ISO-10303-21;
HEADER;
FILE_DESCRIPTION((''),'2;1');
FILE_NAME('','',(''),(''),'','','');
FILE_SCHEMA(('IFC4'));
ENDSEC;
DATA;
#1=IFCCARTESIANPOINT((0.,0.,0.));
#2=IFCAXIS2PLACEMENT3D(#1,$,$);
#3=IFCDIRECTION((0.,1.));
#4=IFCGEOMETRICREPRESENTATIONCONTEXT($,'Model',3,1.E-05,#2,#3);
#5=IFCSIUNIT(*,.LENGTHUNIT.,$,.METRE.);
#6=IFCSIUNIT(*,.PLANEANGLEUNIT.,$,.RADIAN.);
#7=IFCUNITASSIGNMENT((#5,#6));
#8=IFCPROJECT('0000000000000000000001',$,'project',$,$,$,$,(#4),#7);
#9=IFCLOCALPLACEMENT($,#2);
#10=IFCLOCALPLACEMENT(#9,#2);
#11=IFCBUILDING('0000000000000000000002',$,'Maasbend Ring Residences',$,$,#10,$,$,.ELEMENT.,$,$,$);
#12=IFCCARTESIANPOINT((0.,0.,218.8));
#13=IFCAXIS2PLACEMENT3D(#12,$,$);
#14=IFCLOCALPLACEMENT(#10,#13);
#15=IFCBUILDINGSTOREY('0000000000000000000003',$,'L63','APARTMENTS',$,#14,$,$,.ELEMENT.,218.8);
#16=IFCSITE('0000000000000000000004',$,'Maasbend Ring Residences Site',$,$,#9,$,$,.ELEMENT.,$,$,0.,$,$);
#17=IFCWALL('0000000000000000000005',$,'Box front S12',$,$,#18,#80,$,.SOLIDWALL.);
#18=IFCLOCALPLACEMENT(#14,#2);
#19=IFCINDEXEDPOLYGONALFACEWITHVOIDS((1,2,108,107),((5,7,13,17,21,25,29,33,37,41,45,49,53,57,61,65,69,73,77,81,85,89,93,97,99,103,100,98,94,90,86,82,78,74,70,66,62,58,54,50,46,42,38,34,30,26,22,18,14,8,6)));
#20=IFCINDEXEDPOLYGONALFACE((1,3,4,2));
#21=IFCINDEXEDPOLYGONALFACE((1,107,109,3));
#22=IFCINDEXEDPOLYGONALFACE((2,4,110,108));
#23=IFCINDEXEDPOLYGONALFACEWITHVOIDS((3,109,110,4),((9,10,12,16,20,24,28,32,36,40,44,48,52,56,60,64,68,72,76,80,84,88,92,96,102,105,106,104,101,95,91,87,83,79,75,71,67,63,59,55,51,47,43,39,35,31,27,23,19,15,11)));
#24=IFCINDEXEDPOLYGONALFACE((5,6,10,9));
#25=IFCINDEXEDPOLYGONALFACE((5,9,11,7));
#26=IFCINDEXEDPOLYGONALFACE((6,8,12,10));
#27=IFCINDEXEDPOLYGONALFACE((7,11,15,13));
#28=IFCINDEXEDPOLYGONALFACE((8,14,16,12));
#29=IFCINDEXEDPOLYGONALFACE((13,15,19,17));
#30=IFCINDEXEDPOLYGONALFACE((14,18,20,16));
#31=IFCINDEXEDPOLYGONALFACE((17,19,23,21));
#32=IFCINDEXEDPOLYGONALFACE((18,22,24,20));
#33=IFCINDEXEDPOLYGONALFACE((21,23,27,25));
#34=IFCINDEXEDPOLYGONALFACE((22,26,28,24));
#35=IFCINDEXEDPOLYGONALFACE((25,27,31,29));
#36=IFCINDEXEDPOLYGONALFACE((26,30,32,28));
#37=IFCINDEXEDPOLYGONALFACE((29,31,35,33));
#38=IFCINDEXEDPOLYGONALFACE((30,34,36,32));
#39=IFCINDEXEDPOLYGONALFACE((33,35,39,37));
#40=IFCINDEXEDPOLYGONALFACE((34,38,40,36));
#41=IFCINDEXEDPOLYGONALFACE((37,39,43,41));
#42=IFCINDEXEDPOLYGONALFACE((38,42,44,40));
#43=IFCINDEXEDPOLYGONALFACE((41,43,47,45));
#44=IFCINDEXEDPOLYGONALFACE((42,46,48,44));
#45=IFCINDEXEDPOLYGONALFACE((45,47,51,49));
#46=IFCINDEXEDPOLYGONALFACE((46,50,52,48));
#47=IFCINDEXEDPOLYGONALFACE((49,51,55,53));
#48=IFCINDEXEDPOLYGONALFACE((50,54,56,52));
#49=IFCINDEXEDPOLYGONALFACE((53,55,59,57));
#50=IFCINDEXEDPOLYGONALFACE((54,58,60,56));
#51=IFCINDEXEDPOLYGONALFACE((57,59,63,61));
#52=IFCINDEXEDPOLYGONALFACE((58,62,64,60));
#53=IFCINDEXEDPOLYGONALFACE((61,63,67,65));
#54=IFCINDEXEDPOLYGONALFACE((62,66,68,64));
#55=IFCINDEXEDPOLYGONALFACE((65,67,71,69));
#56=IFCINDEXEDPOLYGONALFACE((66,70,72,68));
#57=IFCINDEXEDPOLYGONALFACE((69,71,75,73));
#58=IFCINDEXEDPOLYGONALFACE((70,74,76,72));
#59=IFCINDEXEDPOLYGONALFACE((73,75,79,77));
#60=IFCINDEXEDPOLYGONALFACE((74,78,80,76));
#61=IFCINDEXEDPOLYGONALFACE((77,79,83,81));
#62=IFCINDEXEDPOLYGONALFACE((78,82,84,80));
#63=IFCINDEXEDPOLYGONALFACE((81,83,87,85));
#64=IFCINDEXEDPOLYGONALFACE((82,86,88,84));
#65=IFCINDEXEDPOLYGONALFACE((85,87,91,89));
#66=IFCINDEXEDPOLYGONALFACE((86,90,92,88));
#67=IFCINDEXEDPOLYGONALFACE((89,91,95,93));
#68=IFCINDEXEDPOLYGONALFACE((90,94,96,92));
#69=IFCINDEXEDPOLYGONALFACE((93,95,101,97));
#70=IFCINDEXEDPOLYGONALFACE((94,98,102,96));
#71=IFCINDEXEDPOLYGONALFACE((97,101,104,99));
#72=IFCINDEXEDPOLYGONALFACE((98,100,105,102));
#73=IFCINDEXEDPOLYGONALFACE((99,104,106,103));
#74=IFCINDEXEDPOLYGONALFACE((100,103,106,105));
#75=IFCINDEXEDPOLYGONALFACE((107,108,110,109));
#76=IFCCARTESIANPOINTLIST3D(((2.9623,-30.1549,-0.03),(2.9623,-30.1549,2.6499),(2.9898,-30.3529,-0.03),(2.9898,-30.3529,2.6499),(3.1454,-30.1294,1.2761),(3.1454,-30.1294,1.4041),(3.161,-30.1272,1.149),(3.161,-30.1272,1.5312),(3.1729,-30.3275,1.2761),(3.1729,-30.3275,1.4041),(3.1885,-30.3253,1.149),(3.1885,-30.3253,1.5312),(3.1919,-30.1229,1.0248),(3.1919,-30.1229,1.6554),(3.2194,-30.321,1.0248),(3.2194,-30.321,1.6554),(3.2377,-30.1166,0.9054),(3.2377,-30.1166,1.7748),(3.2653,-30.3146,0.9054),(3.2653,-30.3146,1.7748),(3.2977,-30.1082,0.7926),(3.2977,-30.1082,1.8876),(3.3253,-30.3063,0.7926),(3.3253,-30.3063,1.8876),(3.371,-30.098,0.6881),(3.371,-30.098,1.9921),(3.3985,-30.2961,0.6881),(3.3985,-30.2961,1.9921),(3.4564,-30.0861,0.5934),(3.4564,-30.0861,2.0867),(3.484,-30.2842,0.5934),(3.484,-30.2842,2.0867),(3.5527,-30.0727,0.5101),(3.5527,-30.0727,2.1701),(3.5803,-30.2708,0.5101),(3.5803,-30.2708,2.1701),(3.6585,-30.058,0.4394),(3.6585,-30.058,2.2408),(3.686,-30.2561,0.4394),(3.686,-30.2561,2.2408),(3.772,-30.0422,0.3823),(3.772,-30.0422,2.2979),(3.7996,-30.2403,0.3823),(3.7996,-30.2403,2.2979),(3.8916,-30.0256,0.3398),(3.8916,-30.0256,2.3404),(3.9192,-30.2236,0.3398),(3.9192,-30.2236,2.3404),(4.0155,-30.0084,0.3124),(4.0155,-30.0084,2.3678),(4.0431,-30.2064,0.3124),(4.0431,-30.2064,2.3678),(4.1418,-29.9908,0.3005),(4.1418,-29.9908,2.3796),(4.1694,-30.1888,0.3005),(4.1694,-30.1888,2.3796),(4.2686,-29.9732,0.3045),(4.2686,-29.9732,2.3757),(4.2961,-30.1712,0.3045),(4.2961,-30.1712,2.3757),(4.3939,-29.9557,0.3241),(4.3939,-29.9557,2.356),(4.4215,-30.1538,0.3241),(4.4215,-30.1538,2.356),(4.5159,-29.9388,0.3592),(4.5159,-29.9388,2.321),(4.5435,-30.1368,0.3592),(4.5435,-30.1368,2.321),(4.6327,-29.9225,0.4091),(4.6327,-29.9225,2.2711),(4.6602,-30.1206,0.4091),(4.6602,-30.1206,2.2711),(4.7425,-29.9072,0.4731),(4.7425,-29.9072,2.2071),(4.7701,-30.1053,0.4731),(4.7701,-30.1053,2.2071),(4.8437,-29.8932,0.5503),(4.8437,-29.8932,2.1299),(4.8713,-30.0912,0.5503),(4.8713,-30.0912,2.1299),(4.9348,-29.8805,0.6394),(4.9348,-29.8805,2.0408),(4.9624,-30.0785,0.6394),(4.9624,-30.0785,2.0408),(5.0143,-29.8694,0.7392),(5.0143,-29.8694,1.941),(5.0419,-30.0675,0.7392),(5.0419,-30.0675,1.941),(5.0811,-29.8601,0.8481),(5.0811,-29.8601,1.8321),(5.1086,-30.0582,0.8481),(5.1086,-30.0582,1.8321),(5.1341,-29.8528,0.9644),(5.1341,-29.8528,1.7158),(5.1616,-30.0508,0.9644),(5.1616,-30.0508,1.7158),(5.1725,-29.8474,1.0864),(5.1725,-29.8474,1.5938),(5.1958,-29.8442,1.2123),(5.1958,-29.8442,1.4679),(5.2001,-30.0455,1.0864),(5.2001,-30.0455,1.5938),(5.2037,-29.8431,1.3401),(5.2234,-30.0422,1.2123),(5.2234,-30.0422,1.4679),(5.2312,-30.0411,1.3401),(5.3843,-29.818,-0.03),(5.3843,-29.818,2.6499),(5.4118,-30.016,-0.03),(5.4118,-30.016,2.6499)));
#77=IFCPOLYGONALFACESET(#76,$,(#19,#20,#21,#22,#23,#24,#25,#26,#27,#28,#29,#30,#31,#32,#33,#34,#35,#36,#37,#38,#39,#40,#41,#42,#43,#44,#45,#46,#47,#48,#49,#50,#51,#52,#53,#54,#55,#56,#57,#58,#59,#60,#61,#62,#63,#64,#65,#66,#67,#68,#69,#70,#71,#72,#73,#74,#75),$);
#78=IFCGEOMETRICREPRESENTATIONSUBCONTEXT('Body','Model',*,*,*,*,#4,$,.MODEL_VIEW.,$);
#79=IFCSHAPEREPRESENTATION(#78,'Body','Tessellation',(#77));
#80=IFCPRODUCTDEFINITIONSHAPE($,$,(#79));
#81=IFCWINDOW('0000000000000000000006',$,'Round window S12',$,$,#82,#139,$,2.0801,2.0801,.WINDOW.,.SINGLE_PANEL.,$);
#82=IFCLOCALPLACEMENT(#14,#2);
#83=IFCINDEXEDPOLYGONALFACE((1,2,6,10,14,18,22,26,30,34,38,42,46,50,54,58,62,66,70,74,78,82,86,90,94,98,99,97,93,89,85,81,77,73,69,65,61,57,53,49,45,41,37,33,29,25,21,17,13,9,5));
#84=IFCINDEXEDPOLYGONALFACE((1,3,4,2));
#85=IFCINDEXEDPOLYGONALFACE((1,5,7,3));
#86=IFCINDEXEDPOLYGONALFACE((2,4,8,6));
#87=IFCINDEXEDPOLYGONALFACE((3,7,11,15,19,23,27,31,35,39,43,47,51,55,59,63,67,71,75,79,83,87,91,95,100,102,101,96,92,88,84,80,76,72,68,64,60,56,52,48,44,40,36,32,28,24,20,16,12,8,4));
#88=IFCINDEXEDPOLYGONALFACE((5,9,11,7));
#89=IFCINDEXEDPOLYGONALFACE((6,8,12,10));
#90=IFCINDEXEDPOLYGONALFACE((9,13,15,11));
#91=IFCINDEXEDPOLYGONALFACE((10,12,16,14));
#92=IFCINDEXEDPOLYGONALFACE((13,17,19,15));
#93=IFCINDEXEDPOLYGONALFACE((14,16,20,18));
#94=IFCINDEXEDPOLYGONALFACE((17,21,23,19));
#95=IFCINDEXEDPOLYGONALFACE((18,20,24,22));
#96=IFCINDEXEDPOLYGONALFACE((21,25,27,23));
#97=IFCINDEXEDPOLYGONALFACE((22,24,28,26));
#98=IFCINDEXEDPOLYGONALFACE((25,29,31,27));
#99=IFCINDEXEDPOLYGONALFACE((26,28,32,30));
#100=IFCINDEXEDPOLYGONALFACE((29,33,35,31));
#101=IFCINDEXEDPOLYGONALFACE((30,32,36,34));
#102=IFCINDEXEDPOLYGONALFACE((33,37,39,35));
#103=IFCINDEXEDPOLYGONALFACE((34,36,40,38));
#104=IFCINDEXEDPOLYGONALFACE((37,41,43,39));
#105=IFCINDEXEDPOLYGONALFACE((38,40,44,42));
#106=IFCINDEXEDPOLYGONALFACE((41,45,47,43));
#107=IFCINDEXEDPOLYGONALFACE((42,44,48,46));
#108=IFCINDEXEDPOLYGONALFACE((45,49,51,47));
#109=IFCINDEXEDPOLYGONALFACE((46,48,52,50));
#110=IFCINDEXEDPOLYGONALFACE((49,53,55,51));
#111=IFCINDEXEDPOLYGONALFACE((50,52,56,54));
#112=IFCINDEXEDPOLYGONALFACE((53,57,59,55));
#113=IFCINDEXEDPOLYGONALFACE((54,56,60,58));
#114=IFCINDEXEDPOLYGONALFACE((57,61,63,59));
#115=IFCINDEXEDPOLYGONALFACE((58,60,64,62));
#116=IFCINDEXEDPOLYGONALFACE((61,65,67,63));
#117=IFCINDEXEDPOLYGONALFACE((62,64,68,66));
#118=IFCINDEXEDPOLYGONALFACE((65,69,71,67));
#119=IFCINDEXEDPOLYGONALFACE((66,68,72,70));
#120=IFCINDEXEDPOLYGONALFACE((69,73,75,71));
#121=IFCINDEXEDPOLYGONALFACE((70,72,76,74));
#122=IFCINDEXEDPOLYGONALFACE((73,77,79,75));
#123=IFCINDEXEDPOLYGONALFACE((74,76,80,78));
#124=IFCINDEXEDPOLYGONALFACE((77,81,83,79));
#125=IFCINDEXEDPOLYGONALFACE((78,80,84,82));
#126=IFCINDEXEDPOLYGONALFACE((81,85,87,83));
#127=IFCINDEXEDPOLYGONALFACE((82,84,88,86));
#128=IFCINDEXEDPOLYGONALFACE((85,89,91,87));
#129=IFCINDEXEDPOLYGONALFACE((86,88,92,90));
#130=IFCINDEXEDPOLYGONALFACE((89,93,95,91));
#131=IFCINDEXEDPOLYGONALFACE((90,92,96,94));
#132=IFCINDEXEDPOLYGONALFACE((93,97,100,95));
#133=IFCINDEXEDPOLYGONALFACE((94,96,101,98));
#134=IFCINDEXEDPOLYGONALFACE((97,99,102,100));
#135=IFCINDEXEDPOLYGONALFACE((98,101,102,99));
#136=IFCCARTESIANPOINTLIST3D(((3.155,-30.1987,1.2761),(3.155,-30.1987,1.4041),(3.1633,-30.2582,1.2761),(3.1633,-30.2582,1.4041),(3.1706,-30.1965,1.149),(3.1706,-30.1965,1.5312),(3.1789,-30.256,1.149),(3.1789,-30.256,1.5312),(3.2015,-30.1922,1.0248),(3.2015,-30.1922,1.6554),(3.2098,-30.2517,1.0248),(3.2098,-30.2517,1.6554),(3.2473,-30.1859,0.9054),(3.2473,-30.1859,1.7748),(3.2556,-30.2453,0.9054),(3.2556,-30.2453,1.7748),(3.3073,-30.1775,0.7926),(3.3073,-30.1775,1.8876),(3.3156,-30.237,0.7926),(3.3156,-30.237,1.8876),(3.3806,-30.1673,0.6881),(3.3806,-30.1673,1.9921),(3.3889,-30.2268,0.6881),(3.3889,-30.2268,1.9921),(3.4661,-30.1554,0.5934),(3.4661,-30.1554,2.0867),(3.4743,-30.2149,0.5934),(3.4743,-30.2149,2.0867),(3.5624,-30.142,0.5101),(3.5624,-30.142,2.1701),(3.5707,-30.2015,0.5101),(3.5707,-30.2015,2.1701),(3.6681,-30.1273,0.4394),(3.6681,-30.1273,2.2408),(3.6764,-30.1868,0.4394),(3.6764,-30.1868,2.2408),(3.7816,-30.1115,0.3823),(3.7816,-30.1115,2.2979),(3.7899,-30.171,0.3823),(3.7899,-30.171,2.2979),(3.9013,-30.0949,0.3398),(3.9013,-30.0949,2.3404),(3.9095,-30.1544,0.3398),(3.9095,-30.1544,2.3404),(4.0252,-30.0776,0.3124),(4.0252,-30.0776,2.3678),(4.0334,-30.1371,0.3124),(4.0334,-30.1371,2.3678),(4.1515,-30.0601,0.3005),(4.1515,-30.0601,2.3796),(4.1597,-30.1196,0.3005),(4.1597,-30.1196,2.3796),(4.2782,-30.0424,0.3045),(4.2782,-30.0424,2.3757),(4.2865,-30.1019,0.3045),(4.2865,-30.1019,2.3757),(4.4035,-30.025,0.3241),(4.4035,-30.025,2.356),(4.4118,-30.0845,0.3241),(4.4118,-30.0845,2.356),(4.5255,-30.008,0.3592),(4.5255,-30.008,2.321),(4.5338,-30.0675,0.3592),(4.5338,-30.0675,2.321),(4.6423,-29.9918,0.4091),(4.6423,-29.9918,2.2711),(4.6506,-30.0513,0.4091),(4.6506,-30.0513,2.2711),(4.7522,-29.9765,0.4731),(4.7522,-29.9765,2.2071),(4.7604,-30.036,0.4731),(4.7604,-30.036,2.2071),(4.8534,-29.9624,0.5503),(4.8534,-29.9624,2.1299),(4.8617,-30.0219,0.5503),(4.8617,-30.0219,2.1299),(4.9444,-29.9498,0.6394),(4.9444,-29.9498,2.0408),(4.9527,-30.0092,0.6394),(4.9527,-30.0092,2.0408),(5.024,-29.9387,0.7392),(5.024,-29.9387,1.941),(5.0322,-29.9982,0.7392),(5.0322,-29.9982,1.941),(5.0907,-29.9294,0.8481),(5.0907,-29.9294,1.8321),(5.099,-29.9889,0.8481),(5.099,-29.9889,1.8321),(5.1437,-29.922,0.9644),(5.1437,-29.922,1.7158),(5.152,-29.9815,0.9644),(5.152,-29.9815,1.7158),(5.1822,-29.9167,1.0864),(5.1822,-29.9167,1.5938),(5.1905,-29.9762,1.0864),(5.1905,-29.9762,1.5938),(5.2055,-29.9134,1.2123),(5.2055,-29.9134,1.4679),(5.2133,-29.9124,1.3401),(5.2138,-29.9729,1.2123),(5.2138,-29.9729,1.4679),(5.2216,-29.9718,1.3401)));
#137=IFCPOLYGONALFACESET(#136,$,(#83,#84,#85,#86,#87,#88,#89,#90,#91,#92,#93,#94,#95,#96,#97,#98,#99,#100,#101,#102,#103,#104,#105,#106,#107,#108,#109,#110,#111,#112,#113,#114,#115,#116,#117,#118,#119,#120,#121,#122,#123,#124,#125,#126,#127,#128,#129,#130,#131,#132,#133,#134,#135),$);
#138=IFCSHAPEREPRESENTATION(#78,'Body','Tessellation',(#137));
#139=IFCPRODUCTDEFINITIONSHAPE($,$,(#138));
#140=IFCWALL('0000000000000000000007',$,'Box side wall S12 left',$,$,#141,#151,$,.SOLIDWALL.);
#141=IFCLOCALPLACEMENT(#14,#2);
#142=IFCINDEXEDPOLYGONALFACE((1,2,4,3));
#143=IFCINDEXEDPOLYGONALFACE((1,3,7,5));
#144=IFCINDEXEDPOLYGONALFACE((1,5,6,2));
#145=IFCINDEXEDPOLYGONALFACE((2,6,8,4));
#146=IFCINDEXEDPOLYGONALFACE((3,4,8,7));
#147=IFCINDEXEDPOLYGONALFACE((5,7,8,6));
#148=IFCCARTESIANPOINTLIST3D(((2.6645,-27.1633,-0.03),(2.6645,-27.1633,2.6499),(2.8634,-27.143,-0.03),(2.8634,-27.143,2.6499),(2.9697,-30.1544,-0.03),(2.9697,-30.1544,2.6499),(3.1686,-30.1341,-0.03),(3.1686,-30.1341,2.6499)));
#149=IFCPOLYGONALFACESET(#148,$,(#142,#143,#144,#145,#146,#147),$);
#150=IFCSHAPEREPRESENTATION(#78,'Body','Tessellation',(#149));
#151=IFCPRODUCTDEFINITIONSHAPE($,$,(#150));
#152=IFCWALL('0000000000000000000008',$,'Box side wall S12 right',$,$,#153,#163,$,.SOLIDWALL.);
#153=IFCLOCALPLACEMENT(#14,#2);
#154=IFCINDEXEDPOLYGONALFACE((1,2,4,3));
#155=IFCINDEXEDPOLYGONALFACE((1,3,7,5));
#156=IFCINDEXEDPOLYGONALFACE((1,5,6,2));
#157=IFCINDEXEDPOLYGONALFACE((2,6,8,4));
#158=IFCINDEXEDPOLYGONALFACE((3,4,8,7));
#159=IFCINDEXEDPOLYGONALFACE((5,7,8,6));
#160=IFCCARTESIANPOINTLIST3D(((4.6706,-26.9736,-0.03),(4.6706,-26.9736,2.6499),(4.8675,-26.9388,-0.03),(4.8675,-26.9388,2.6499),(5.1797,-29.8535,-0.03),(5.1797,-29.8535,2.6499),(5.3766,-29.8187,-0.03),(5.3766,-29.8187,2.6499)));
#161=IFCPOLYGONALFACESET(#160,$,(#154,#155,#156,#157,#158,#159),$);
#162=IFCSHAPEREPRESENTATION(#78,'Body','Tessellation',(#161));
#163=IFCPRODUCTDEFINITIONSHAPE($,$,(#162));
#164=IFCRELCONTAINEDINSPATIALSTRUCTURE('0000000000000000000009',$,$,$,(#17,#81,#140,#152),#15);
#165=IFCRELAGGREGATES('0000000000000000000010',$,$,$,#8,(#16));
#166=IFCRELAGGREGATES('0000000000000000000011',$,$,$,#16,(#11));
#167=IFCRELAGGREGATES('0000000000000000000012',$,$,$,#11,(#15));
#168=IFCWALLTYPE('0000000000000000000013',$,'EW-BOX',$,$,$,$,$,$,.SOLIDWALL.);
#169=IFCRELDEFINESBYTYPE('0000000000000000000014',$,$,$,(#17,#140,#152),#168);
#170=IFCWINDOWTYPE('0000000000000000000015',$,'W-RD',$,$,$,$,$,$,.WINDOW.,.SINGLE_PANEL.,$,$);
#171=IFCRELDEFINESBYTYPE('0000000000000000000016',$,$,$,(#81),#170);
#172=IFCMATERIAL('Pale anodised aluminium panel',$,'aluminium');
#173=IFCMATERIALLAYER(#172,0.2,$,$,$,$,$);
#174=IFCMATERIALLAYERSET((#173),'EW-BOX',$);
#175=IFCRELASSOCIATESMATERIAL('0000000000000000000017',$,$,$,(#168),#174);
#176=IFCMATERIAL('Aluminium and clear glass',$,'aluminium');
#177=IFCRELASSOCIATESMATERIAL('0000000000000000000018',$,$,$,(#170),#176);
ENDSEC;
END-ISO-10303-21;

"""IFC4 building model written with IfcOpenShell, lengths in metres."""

from ifc_helpers import new_model, si_unit, direction, frame, frame_2d, origin, place, context, subcontext, project, spatial, rectangle, circle, extrude, material, layer, layer_set, type_object, element, fill, save


model = new_model("IFC4")

# Units and contexts
model_context = context("Model", 3, precision=1e-05, world=origin(), true_north=direction((0.0, 1.0)))
body_context = subcontext(model_context, "Body", "Model", "MODEL_VIEW")
ifc_project = project(units=[si_unit("LENGTHUNIT", "METRE"), si_unit("PLANEANGLEUNIT", "RADIAN")], contexts=[model_context])

# Site, building, storey
site_placement = place(None, origin())
site = spatial("IfcSite", under=ifc_project, at=site_placement, Name="Maasbend Ring Residences Site", CompositionType="ELEMENT", RefElevation=0.0)
building_placement = place(site_placement, origin())
building = spatial("IfcBuilding", under=site, at=building_placement, Name="Maasbend Ring Residences", CompositionType="ELEMENT")
storey_placement = place(building_placement, frame((0.0, 0.0, 218.8)))
storey = spatial("IfcBuildingStorey", under=building, at=storey_placement, Name="L63", Description="APARTMENTS", CompositionType="ELEMENT", Elevation=218.8)

# Wall, opening, window
ifc_material_1 = material(Name="Pale anodised aluminium panel", Category="aluminium")
ifc_layer_1 = layer(ifc_material_1, 0.2)
ifc_layer_set_1 = layer_set([ifc_layer_1], Name="EW-BOX")
wall_type_1 = type_object("IfcWallType", Name="EW-BOX", PredefinedType="SOLIDWALL", material=ifc_layer_set_1)
wall_1_placement = place(storey_placement, frame((2.9761, -30.2539, -0.03), z_axis=(0.0, 0.0, 1.0), x_axis=(0.990462, 0.137786, 0.0)))
wall_1 = element("IfcWall", 1, at=wall_1_placement, inside=storey, type_object=wall_type_1, Name="Box front S12", PredefinedType="SOLIDWALL", context=body_context, shape_type="SweptSolid", body=[
    extrude(rectangle(XDim=2.4453, YDim=0.2, at=frame_2d((1.2227, 0.0))), origin(), (0.0, 0.0, 1.0), 2.6799),
])
opening_1_placement = place(wall_1_placement, frame((0.1829, 0.0, 0.3301)))
opening_1 = element("IfcOpeningElement", 2, at=opening_1_placement, cuts=wall_1, PredefinedType="OPENING", context=body_context, shape_type="SweptSolid", body=[
    extrude(circle(Radius=1.04, at=frame_2d((1.04, 1.04))), frame((0.0, 0.1099, 0.0), z_axis=(0.0, -1.0, 0.0), x_axis=(1.0, 0.0, 0.0)), (0.0, 0.0, 1.0), 0.22),
])
ifc_material_2 = material(Name="Aluminium and clear glass", Category="aluminium")
window_type_1 = type_object("IfcWindowType", Name="W-RD", PartitioningType="SINGLE_PANEL", PredefinedType="WINDOW", material=ifc_material_2)
window_1_placement = place(opening_1_placement, origin())
window_1 = element("IfcWindow", 3, at=window_1_placement, inside=storey, type_object=window_type_1, Name="Round window S12", OverallHeight=2.0801, OverallWidth=2.0801, PartitioningType="SINGLE_PANEL", PredefinedType="WINDOW", context=body_context, shape_type="SweptSolid", body=[
    extrude(circle(Radius=1.04, at=frame_2d((1.04, 1.04))), frame((0.0, 0.03, 0.0), z_axis=(0.0, -1.0, 0.0), x_axis=(1.0, 0.0, 0.0)), (0.0, 0.0, 1.0), 0.0601),
])
fill(opening_1, window_1)

# Walls
wall_2_placement = place(storey_placement, frame((2.7639, -27.1531, -0.03), z_axis=(0.0, 0.0, 1.0), x_axis=(0.101505, -0.994835, 0.0)))
element("IfcWall", 4, at=wall_2_placement, inside=storey, type_object=wall_type_1, Name="Box side wall S12 left", PredefinedType="SOLIDWALL", context=body_context, shape_type="SweptSolid", body=[
    extrude(rectangle(XDim=3.0066, YDim=0.2, at=frame_2d((1.5034, 0.0))), origin(), (0.0, 0.0, 1.0), 2.6799),
])
wall_3_placement = place(storey_placement, frame((4.769, -26.9561, -0.03), z_axis=(0.0, 0.0, 1.0), x_axis=(0.174057, -0.984736, 0.0)))
element("IfcWall", 5, at=wall_3_placement, inside=storey, type_object=wall_type_1, Name="Box side wall S12 right", PredefinedType="SOLIDWALL", context=body_context, shape_type="SweptSolid", body=[
    extrude(rectangle(XDim=2.9246, YDim=0.2, at=frame_2d((1.4624, 0.0))), origin(), (0.0, 0.0, 1.0), 2.6799),
])

save(model, "model.ifc")
